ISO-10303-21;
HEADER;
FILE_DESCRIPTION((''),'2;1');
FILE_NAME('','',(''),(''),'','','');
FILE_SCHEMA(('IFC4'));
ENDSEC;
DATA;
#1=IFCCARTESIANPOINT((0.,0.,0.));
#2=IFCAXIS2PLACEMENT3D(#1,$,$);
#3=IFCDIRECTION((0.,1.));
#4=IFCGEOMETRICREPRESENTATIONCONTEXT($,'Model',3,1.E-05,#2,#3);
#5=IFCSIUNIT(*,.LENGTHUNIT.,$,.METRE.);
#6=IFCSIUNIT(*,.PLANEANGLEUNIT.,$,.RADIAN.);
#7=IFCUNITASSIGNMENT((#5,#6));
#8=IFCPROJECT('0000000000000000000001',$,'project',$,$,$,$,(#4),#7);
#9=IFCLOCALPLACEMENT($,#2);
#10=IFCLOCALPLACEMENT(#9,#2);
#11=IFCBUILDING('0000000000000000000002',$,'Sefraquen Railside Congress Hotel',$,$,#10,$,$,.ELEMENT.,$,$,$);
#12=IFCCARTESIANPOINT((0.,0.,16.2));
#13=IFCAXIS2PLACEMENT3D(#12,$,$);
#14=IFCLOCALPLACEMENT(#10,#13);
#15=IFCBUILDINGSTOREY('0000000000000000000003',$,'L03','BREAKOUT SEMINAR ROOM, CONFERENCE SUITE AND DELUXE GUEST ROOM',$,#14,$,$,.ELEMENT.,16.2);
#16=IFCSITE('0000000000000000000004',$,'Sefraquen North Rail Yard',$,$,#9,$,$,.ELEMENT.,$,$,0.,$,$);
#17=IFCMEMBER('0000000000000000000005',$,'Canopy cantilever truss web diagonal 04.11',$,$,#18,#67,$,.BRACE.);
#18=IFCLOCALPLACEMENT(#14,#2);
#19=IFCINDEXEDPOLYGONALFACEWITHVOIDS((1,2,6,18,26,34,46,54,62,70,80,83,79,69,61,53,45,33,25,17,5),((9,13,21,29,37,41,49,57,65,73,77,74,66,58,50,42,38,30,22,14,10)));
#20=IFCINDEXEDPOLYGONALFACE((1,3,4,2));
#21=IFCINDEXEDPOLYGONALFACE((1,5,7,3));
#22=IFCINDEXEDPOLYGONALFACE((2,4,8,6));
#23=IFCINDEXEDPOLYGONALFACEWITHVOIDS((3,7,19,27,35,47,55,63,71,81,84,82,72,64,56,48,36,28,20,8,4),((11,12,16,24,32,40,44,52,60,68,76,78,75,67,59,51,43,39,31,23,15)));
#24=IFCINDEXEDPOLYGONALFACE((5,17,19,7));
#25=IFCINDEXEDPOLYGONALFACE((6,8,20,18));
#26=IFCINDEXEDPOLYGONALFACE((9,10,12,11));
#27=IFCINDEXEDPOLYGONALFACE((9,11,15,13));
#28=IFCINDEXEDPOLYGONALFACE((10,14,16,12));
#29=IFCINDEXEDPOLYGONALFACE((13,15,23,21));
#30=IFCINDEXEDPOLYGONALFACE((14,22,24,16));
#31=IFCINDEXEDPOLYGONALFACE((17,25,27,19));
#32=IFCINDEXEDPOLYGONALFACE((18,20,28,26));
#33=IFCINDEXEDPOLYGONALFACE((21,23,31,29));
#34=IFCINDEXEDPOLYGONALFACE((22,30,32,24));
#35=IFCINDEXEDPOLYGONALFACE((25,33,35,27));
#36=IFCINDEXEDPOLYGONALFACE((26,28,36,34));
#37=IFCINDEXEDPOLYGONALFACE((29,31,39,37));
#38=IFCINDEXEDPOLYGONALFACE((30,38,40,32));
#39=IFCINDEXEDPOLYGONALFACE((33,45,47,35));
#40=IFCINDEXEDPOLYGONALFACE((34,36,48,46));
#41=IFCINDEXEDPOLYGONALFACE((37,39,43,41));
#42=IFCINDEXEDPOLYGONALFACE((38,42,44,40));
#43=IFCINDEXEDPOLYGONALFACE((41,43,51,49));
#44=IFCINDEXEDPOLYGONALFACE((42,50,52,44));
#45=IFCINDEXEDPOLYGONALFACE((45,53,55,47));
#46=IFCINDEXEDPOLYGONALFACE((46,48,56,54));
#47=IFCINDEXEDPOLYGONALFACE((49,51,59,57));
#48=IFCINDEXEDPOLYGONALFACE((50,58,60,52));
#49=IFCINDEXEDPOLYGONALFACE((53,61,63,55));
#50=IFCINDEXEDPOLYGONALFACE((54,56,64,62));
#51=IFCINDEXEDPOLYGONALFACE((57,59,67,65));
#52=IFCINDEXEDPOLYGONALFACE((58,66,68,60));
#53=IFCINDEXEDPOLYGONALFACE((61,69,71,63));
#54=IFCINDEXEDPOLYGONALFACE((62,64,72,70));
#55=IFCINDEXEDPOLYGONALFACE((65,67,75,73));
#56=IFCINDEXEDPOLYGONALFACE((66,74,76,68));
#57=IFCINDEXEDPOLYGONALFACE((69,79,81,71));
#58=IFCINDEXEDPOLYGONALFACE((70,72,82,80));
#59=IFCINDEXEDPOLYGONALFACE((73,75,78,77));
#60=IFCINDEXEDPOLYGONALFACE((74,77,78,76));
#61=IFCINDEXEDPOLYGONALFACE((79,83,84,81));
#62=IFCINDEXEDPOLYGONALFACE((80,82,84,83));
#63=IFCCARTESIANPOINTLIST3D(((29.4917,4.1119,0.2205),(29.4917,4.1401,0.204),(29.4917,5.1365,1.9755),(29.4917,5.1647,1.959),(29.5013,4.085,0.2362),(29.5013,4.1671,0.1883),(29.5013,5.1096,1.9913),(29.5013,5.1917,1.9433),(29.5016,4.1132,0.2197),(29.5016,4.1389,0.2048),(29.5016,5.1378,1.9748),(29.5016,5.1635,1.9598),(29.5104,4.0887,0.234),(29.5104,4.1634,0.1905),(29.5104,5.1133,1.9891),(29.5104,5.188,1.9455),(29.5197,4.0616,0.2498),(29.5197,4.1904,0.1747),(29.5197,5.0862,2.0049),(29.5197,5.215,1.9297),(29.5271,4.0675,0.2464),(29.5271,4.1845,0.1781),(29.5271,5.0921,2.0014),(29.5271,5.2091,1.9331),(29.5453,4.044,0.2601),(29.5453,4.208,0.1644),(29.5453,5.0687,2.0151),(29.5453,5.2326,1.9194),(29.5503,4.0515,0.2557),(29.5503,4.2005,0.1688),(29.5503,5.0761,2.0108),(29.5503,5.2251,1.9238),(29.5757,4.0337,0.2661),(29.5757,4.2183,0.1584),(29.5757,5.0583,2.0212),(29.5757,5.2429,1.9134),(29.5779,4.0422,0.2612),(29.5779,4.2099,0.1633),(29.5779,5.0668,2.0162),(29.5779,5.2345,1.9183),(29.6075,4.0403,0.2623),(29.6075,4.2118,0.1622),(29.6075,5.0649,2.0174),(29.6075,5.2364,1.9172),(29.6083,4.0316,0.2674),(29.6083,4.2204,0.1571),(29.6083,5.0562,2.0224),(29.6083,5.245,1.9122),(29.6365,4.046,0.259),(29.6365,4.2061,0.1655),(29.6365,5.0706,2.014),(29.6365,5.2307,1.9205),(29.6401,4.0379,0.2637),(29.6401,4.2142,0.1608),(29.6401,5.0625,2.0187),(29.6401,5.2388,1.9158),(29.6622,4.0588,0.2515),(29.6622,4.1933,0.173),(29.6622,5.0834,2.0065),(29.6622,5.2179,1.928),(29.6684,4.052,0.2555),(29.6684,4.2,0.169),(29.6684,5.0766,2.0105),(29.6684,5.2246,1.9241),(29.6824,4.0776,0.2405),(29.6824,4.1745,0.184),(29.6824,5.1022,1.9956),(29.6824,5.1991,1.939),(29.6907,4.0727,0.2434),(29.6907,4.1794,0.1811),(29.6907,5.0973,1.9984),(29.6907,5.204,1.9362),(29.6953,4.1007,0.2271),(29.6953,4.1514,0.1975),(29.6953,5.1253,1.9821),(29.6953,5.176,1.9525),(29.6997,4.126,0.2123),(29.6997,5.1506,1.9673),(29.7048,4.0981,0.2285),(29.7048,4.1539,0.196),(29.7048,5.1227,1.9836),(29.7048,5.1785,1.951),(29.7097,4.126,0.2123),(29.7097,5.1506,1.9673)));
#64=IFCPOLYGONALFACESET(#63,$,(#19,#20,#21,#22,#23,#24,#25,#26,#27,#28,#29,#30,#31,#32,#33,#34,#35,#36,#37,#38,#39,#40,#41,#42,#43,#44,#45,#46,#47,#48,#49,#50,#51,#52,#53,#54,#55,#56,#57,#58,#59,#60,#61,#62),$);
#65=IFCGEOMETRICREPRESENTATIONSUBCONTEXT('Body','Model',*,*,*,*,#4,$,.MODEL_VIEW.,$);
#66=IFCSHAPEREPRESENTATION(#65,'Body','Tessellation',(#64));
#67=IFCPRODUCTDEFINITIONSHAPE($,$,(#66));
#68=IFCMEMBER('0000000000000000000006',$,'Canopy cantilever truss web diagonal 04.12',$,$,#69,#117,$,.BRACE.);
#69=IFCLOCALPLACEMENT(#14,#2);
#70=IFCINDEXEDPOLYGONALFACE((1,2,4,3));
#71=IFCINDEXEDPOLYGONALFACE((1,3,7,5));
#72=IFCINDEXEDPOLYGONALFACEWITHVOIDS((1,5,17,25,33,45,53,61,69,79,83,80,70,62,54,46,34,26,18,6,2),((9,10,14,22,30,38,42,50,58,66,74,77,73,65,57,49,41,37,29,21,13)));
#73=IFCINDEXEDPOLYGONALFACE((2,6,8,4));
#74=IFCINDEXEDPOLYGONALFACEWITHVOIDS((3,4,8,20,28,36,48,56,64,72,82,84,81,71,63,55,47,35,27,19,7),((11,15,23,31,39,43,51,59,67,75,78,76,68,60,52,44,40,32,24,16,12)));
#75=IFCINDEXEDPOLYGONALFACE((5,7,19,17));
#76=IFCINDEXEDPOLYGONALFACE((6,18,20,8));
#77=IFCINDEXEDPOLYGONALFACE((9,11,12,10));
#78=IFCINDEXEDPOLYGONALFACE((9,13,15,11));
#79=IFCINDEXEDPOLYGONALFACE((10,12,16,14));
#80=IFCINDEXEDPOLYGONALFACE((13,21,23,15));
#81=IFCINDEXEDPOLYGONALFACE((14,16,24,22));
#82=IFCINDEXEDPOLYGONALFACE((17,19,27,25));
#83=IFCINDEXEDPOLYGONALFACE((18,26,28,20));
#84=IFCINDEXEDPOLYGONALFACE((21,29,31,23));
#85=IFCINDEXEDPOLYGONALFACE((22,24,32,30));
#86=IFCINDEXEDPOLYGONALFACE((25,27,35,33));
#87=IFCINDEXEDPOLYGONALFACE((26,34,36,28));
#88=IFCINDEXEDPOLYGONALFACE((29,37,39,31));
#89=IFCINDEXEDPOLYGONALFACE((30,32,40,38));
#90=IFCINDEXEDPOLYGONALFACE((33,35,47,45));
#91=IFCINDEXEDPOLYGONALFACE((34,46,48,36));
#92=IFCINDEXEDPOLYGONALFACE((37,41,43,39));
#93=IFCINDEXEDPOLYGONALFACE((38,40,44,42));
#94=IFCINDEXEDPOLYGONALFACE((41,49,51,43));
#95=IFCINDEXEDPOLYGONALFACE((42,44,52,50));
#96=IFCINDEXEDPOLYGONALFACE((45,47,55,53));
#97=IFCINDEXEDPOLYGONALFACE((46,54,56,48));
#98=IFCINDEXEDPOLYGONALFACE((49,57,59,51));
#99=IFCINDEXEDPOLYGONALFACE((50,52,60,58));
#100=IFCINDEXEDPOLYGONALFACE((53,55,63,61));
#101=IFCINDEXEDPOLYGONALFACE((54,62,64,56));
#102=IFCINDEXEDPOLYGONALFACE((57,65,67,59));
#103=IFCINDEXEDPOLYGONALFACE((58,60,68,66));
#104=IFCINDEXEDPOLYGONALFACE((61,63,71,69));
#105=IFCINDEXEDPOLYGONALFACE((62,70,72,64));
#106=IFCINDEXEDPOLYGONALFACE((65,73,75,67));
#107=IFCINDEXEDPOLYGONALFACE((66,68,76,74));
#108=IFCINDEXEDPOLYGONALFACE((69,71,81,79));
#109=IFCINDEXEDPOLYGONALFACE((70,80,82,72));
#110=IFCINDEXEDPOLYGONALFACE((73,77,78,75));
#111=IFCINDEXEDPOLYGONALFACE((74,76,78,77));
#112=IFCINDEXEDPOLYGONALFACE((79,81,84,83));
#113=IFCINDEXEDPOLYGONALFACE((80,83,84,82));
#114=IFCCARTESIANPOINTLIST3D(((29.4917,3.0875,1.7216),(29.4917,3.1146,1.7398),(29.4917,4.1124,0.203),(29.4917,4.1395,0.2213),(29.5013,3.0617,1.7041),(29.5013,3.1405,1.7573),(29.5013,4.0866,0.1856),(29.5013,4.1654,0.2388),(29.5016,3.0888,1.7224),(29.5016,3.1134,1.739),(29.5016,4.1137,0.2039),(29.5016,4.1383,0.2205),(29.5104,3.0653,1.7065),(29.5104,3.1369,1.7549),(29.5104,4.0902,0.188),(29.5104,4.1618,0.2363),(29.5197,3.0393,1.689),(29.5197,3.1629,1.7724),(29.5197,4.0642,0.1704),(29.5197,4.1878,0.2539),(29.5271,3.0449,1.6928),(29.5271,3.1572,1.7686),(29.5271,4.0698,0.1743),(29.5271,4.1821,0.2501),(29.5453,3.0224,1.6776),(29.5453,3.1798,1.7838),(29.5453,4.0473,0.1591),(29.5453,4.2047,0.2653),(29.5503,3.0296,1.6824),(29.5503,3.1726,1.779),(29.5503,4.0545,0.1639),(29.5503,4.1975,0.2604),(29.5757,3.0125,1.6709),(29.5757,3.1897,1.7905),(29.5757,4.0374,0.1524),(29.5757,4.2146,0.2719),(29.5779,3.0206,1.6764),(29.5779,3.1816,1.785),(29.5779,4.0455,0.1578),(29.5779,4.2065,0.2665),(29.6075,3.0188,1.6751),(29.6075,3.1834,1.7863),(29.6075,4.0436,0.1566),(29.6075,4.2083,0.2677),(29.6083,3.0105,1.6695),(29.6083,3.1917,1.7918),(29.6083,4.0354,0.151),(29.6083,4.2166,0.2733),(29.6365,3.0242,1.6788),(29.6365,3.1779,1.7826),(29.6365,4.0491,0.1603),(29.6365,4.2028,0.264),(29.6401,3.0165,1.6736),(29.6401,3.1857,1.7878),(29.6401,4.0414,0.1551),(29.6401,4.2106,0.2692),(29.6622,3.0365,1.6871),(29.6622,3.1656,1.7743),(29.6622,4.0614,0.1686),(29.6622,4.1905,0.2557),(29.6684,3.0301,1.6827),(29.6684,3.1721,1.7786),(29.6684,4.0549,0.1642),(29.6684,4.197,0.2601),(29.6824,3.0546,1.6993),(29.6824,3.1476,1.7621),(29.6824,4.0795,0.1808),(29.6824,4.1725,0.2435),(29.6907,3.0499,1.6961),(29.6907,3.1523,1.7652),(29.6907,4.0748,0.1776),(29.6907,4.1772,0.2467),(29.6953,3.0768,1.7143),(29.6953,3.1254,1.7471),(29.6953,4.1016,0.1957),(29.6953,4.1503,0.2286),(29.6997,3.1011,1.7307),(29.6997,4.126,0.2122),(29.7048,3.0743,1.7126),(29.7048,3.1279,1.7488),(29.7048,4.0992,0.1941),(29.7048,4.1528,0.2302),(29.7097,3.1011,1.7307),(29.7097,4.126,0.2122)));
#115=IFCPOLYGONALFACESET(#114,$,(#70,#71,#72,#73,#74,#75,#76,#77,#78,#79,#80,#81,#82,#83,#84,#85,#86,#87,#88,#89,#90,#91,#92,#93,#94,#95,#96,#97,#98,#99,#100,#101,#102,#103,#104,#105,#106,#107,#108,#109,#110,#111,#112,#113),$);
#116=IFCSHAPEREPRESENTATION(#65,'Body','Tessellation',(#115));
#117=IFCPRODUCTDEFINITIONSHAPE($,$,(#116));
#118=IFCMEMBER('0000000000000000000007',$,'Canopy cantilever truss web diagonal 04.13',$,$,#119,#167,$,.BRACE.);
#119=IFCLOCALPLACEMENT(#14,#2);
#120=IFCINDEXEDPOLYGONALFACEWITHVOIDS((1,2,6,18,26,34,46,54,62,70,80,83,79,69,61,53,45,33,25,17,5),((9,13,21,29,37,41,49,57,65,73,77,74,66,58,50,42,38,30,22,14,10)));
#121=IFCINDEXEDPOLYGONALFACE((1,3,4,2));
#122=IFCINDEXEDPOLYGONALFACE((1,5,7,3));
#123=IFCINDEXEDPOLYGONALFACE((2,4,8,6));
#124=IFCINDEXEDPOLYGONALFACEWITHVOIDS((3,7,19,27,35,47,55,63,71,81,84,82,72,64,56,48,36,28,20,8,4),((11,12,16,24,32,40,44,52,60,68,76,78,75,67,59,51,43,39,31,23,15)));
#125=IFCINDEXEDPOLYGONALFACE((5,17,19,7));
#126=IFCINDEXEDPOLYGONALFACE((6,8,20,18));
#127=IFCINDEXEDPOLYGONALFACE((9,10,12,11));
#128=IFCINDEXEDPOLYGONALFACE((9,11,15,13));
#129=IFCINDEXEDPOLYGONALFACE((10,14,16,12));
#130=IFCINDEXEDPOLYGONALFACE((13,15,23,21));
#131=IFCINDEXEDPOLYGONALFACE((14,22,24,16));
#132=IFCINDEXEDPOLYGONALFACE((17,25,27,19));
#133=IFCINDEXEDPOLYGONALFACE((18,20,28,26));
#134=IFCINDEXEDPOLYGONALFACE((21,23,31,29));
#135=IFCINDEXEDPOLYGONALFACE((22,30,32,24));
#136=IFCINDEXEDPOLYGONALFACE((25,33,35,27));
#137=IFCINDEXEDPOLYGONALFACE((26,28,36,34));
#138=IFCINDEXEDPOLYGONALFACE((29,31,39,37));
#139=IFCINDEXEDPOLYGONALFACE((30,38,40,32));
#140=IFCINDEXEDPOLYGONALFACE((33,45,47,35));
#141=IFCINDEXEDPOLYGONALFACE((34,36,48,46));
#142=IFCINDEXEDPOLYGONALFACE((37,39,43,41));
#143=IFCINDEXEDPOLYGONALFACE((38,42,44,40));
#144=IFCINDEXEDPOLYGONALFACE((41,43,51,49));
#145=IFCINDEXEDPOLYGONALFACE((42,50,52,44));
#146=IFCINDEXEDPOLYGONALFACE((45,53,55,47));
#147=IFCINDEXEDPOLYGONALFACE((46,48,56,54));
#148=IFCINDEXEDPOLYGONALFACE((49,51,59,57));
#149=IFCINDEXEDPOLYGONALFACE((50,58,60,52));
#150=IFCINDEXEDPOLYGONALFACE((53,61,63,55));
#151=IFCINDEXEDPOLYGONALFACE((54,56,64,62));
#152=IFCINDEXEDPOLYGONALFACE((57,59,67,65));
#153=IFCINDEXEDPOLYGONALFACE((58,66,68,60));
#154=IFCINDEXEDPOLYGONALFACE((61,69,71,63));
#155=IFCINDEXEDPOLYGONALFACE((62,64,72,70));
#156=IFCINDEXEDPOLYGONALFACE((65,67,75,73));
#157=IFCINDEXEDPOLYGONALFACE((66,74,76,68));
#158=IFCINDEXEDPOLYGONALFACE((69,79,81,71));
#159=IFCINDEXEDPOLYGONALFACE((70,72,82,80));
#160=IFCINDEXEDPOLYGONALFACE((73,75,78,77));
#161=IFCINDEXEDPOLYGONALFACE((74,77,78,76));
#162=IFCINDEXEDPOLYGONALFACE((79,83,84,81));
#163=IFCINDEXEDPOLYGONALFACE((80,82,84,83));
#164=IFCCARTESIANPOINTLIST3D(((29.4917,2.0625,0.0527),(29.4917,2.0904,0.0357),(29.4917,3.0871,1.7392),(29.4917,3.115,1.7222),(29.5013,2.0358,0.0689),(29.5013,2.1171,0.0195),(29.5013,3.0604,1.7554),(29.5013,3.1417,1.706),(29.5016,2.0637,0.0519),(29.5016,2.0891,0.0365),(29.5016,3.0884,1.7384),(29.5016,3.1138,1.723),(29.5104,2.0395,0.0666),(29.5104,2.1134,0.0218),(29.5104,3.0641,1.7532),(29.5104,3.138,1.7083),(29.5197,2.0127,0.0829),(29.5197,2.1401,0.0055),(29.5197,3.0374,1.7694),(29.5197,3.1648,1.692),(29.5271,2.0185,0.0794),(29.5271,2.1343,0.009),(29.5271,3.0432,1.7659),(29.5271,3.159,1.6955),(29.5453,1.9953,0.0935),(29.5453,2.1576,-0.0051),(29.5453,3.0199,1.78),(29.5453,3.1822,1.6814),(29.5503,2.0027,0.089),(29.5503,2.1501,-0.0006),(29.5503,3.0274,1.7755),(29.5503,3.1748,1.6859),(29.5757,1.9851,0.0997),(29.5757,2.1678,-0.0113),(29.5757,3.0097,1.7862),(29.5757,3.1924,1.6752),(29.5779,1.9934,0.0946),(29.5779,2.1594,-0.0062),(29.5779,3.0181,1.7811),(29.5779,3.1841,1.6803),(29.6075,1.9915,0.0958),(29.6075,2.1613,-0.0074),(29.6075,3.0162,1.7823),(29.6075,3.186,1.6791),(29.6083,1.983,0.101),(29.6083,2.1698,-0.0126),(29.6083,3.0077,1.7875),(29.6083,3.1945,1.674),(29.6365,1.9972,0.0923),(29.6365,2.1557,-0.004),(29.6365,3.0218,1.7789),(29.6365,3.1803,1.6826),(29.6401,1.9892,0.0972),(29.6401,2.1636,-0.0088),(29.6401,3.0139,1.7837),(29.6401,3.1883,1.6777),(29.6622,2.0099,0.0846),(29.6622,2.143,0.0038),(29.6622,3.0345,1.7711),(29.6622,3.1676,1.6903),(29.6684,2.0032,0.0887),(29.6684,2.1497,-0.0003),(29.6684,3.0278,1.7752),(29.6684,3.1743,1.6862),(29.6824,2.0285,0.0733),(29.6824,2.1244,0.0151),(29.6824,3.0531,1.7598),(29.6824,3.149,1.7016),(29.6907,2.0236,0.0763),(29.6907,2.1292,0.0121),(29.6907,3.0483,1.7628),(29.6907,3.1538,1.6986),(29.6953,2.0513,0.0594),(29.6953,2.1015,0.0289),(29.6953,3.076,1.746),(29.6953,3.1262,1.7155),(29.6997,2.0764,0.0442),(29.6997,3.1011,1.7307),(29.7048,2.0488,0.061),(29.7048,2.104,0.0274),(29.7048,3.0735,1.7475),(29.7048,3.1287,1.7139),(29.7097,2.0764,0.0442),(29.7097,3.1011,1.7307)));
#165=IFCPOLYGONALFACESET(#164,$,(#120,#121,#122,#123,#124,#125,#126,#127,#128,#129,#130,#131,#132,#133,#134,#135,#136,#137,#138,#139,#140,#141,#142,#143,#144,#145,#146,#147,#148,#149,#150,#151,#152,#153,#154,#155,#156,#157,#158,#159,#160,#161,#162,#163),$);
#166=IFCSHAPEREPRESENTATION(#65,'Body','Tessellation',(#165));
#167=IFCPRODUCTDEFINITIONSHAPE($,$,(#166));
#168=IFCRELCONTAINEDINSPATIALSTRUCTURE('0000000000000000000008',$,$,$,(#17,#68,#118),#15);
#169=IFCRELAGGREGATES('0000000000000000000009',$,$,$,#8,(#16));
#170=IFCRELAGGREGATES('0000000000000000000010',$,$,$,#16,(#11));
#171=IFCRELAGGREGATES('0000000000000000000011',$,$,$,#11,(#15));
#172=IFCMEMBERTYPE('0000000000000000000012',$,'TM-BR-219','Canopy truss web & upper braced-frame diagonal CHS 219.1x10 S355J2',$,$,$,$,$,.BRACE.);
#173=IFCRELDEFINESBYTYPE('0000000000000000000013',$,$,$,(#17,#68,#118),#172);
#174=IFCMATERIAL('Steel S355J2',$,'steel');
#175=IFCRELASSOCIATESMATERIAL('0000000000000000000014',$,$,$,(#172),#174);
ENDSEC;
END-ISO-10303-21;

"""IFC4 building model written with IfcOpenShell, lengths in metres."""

from ifc_helpers import new_model, si_unit, direction, frame, origin, origin_2d, place, context, subcontext, project, spatial, hollow_circle, extrude, material, material_profile, profile_set, type_object, element, save


model = new_model("IFC4")

# Units and contexts
model_context = context("Model", 3, precision=1e-05, world=origin(), true_north=direction((0.0, 1.0)))
body_context = subcontext(model_context, "Body", "Model", "MODEL_VIEW")
ifc_project = project(units=[si_unit("LENGTHUNIT", "METRE"), si_unit("PLANEANGLEUNIT", "RADIAN")], contexts=[model_context])

# Site, building, storey
site_placement = place(None, origin())
site = spatial("IfcSite", under=ifc_project, at=site_placement, Name="Sefraquen North Rail Yard", CompositionType="ELEMENT", RefElevation=0.0)
building_placement = place(site_placement, origin())
building = spatial("IfcBuilding", under=site, at=building_placement, Name="Sefraquen Railside Congress Hotel", CompositionType="ELEMENT")
storey_placement = place(building_placement, frame((0.0, 0.0, 16.2)))
storey = spatial("IfcBuildingStorey", under=building, at=storey_placement, Name="L03", Description="BREAKOUT SEMINAR ROOM, CONFERENCE SUITE AND DELUXE GUEST ROOM", CompositionType="ELEMENT", Elevation=16.2)

# Members
ifc_material_1 = material(Name="Steel S355J2", Category="steel")
ifc_material_profile_1 = material_profile(ifc_material_1, hollow_circle(Radius=0.1096, WallThickness=0.01, at=origin_2d()), Name="CHS 219.1x10")
ifc_profile_set_1 = profile_set([ifc_material_profile_1], Name="Steel S355J2")
member_type_1 = type_object("IfcMemberType", Name="TM-BR-219", Description="Canopy truss web & upper braced-frame diagonal CHS 219.1x10 S355J2", PredefinedType="BRACE", material=ifc_profile_set_1)
member_1_placement = place(storey_placement, frame((29.6001, 5.1506, 1.9673), z_axis=(0.0, -0.504177, -0.8636), x_axis=(1.0, 0.0, 0.0)))
element("IfcMember", 1, at=member_1_placement, inside=storey, type_object=member_type_1, Name="Canopy cantilever truss web diagonal 04.11", PredefinedType="BRACE", context=body_context, shape_type="SweptSolid", body=[
    extrude(hollow_circle(Radius=0.1096, WallThickness=0.01, at=origin_2d()), origin(), (0.0, 0.0, 1.0), 2.0322),
])
member_2_placement = place(storey_placement, frame((29.6001, 4.126, 0.2122), z_axis=(0.0, -0.559427, 0.82888), x_axis=(1.0, 0.0, 0.0)))
element("IfcMember", 2, at=member_2_placement, inside=storey, type_object=member_type_1, Name="Canopy cantilever truss web diagonal 04.12", PredefinedType="BRACE", context=body_context, shape_type="SweptSolid", body=[
    extrude(hollow_circle(Radius=0.1096, WallThickness=0.01, at=origin_2d()), origin(), (0.0, 0.0, 1.0), 1.832),
])
member_3_placement = place(storey_placement, frame((29.6001, 3.1011, 1.7307), z_axis=(0.0, -0.519236, -0.854631), x_axis=(1.0, 0.0, 0.0)))
element("IfcMember", 3, at=member_3_placement, inside=storey, type_object=member_type_1, Name="Canopy cantilever truss web diagonal 04.13", PredefinedType="BRACE", context=body_context, shape_type="SweptSolid", body=[
    extrude(hollow_circle(Radius=0.1096, WallThickness=0.01, at=origin_2d()), origin(), (0.0, 0.0, 1.0), 1.9734),
])

save(model, "model.ifc")
